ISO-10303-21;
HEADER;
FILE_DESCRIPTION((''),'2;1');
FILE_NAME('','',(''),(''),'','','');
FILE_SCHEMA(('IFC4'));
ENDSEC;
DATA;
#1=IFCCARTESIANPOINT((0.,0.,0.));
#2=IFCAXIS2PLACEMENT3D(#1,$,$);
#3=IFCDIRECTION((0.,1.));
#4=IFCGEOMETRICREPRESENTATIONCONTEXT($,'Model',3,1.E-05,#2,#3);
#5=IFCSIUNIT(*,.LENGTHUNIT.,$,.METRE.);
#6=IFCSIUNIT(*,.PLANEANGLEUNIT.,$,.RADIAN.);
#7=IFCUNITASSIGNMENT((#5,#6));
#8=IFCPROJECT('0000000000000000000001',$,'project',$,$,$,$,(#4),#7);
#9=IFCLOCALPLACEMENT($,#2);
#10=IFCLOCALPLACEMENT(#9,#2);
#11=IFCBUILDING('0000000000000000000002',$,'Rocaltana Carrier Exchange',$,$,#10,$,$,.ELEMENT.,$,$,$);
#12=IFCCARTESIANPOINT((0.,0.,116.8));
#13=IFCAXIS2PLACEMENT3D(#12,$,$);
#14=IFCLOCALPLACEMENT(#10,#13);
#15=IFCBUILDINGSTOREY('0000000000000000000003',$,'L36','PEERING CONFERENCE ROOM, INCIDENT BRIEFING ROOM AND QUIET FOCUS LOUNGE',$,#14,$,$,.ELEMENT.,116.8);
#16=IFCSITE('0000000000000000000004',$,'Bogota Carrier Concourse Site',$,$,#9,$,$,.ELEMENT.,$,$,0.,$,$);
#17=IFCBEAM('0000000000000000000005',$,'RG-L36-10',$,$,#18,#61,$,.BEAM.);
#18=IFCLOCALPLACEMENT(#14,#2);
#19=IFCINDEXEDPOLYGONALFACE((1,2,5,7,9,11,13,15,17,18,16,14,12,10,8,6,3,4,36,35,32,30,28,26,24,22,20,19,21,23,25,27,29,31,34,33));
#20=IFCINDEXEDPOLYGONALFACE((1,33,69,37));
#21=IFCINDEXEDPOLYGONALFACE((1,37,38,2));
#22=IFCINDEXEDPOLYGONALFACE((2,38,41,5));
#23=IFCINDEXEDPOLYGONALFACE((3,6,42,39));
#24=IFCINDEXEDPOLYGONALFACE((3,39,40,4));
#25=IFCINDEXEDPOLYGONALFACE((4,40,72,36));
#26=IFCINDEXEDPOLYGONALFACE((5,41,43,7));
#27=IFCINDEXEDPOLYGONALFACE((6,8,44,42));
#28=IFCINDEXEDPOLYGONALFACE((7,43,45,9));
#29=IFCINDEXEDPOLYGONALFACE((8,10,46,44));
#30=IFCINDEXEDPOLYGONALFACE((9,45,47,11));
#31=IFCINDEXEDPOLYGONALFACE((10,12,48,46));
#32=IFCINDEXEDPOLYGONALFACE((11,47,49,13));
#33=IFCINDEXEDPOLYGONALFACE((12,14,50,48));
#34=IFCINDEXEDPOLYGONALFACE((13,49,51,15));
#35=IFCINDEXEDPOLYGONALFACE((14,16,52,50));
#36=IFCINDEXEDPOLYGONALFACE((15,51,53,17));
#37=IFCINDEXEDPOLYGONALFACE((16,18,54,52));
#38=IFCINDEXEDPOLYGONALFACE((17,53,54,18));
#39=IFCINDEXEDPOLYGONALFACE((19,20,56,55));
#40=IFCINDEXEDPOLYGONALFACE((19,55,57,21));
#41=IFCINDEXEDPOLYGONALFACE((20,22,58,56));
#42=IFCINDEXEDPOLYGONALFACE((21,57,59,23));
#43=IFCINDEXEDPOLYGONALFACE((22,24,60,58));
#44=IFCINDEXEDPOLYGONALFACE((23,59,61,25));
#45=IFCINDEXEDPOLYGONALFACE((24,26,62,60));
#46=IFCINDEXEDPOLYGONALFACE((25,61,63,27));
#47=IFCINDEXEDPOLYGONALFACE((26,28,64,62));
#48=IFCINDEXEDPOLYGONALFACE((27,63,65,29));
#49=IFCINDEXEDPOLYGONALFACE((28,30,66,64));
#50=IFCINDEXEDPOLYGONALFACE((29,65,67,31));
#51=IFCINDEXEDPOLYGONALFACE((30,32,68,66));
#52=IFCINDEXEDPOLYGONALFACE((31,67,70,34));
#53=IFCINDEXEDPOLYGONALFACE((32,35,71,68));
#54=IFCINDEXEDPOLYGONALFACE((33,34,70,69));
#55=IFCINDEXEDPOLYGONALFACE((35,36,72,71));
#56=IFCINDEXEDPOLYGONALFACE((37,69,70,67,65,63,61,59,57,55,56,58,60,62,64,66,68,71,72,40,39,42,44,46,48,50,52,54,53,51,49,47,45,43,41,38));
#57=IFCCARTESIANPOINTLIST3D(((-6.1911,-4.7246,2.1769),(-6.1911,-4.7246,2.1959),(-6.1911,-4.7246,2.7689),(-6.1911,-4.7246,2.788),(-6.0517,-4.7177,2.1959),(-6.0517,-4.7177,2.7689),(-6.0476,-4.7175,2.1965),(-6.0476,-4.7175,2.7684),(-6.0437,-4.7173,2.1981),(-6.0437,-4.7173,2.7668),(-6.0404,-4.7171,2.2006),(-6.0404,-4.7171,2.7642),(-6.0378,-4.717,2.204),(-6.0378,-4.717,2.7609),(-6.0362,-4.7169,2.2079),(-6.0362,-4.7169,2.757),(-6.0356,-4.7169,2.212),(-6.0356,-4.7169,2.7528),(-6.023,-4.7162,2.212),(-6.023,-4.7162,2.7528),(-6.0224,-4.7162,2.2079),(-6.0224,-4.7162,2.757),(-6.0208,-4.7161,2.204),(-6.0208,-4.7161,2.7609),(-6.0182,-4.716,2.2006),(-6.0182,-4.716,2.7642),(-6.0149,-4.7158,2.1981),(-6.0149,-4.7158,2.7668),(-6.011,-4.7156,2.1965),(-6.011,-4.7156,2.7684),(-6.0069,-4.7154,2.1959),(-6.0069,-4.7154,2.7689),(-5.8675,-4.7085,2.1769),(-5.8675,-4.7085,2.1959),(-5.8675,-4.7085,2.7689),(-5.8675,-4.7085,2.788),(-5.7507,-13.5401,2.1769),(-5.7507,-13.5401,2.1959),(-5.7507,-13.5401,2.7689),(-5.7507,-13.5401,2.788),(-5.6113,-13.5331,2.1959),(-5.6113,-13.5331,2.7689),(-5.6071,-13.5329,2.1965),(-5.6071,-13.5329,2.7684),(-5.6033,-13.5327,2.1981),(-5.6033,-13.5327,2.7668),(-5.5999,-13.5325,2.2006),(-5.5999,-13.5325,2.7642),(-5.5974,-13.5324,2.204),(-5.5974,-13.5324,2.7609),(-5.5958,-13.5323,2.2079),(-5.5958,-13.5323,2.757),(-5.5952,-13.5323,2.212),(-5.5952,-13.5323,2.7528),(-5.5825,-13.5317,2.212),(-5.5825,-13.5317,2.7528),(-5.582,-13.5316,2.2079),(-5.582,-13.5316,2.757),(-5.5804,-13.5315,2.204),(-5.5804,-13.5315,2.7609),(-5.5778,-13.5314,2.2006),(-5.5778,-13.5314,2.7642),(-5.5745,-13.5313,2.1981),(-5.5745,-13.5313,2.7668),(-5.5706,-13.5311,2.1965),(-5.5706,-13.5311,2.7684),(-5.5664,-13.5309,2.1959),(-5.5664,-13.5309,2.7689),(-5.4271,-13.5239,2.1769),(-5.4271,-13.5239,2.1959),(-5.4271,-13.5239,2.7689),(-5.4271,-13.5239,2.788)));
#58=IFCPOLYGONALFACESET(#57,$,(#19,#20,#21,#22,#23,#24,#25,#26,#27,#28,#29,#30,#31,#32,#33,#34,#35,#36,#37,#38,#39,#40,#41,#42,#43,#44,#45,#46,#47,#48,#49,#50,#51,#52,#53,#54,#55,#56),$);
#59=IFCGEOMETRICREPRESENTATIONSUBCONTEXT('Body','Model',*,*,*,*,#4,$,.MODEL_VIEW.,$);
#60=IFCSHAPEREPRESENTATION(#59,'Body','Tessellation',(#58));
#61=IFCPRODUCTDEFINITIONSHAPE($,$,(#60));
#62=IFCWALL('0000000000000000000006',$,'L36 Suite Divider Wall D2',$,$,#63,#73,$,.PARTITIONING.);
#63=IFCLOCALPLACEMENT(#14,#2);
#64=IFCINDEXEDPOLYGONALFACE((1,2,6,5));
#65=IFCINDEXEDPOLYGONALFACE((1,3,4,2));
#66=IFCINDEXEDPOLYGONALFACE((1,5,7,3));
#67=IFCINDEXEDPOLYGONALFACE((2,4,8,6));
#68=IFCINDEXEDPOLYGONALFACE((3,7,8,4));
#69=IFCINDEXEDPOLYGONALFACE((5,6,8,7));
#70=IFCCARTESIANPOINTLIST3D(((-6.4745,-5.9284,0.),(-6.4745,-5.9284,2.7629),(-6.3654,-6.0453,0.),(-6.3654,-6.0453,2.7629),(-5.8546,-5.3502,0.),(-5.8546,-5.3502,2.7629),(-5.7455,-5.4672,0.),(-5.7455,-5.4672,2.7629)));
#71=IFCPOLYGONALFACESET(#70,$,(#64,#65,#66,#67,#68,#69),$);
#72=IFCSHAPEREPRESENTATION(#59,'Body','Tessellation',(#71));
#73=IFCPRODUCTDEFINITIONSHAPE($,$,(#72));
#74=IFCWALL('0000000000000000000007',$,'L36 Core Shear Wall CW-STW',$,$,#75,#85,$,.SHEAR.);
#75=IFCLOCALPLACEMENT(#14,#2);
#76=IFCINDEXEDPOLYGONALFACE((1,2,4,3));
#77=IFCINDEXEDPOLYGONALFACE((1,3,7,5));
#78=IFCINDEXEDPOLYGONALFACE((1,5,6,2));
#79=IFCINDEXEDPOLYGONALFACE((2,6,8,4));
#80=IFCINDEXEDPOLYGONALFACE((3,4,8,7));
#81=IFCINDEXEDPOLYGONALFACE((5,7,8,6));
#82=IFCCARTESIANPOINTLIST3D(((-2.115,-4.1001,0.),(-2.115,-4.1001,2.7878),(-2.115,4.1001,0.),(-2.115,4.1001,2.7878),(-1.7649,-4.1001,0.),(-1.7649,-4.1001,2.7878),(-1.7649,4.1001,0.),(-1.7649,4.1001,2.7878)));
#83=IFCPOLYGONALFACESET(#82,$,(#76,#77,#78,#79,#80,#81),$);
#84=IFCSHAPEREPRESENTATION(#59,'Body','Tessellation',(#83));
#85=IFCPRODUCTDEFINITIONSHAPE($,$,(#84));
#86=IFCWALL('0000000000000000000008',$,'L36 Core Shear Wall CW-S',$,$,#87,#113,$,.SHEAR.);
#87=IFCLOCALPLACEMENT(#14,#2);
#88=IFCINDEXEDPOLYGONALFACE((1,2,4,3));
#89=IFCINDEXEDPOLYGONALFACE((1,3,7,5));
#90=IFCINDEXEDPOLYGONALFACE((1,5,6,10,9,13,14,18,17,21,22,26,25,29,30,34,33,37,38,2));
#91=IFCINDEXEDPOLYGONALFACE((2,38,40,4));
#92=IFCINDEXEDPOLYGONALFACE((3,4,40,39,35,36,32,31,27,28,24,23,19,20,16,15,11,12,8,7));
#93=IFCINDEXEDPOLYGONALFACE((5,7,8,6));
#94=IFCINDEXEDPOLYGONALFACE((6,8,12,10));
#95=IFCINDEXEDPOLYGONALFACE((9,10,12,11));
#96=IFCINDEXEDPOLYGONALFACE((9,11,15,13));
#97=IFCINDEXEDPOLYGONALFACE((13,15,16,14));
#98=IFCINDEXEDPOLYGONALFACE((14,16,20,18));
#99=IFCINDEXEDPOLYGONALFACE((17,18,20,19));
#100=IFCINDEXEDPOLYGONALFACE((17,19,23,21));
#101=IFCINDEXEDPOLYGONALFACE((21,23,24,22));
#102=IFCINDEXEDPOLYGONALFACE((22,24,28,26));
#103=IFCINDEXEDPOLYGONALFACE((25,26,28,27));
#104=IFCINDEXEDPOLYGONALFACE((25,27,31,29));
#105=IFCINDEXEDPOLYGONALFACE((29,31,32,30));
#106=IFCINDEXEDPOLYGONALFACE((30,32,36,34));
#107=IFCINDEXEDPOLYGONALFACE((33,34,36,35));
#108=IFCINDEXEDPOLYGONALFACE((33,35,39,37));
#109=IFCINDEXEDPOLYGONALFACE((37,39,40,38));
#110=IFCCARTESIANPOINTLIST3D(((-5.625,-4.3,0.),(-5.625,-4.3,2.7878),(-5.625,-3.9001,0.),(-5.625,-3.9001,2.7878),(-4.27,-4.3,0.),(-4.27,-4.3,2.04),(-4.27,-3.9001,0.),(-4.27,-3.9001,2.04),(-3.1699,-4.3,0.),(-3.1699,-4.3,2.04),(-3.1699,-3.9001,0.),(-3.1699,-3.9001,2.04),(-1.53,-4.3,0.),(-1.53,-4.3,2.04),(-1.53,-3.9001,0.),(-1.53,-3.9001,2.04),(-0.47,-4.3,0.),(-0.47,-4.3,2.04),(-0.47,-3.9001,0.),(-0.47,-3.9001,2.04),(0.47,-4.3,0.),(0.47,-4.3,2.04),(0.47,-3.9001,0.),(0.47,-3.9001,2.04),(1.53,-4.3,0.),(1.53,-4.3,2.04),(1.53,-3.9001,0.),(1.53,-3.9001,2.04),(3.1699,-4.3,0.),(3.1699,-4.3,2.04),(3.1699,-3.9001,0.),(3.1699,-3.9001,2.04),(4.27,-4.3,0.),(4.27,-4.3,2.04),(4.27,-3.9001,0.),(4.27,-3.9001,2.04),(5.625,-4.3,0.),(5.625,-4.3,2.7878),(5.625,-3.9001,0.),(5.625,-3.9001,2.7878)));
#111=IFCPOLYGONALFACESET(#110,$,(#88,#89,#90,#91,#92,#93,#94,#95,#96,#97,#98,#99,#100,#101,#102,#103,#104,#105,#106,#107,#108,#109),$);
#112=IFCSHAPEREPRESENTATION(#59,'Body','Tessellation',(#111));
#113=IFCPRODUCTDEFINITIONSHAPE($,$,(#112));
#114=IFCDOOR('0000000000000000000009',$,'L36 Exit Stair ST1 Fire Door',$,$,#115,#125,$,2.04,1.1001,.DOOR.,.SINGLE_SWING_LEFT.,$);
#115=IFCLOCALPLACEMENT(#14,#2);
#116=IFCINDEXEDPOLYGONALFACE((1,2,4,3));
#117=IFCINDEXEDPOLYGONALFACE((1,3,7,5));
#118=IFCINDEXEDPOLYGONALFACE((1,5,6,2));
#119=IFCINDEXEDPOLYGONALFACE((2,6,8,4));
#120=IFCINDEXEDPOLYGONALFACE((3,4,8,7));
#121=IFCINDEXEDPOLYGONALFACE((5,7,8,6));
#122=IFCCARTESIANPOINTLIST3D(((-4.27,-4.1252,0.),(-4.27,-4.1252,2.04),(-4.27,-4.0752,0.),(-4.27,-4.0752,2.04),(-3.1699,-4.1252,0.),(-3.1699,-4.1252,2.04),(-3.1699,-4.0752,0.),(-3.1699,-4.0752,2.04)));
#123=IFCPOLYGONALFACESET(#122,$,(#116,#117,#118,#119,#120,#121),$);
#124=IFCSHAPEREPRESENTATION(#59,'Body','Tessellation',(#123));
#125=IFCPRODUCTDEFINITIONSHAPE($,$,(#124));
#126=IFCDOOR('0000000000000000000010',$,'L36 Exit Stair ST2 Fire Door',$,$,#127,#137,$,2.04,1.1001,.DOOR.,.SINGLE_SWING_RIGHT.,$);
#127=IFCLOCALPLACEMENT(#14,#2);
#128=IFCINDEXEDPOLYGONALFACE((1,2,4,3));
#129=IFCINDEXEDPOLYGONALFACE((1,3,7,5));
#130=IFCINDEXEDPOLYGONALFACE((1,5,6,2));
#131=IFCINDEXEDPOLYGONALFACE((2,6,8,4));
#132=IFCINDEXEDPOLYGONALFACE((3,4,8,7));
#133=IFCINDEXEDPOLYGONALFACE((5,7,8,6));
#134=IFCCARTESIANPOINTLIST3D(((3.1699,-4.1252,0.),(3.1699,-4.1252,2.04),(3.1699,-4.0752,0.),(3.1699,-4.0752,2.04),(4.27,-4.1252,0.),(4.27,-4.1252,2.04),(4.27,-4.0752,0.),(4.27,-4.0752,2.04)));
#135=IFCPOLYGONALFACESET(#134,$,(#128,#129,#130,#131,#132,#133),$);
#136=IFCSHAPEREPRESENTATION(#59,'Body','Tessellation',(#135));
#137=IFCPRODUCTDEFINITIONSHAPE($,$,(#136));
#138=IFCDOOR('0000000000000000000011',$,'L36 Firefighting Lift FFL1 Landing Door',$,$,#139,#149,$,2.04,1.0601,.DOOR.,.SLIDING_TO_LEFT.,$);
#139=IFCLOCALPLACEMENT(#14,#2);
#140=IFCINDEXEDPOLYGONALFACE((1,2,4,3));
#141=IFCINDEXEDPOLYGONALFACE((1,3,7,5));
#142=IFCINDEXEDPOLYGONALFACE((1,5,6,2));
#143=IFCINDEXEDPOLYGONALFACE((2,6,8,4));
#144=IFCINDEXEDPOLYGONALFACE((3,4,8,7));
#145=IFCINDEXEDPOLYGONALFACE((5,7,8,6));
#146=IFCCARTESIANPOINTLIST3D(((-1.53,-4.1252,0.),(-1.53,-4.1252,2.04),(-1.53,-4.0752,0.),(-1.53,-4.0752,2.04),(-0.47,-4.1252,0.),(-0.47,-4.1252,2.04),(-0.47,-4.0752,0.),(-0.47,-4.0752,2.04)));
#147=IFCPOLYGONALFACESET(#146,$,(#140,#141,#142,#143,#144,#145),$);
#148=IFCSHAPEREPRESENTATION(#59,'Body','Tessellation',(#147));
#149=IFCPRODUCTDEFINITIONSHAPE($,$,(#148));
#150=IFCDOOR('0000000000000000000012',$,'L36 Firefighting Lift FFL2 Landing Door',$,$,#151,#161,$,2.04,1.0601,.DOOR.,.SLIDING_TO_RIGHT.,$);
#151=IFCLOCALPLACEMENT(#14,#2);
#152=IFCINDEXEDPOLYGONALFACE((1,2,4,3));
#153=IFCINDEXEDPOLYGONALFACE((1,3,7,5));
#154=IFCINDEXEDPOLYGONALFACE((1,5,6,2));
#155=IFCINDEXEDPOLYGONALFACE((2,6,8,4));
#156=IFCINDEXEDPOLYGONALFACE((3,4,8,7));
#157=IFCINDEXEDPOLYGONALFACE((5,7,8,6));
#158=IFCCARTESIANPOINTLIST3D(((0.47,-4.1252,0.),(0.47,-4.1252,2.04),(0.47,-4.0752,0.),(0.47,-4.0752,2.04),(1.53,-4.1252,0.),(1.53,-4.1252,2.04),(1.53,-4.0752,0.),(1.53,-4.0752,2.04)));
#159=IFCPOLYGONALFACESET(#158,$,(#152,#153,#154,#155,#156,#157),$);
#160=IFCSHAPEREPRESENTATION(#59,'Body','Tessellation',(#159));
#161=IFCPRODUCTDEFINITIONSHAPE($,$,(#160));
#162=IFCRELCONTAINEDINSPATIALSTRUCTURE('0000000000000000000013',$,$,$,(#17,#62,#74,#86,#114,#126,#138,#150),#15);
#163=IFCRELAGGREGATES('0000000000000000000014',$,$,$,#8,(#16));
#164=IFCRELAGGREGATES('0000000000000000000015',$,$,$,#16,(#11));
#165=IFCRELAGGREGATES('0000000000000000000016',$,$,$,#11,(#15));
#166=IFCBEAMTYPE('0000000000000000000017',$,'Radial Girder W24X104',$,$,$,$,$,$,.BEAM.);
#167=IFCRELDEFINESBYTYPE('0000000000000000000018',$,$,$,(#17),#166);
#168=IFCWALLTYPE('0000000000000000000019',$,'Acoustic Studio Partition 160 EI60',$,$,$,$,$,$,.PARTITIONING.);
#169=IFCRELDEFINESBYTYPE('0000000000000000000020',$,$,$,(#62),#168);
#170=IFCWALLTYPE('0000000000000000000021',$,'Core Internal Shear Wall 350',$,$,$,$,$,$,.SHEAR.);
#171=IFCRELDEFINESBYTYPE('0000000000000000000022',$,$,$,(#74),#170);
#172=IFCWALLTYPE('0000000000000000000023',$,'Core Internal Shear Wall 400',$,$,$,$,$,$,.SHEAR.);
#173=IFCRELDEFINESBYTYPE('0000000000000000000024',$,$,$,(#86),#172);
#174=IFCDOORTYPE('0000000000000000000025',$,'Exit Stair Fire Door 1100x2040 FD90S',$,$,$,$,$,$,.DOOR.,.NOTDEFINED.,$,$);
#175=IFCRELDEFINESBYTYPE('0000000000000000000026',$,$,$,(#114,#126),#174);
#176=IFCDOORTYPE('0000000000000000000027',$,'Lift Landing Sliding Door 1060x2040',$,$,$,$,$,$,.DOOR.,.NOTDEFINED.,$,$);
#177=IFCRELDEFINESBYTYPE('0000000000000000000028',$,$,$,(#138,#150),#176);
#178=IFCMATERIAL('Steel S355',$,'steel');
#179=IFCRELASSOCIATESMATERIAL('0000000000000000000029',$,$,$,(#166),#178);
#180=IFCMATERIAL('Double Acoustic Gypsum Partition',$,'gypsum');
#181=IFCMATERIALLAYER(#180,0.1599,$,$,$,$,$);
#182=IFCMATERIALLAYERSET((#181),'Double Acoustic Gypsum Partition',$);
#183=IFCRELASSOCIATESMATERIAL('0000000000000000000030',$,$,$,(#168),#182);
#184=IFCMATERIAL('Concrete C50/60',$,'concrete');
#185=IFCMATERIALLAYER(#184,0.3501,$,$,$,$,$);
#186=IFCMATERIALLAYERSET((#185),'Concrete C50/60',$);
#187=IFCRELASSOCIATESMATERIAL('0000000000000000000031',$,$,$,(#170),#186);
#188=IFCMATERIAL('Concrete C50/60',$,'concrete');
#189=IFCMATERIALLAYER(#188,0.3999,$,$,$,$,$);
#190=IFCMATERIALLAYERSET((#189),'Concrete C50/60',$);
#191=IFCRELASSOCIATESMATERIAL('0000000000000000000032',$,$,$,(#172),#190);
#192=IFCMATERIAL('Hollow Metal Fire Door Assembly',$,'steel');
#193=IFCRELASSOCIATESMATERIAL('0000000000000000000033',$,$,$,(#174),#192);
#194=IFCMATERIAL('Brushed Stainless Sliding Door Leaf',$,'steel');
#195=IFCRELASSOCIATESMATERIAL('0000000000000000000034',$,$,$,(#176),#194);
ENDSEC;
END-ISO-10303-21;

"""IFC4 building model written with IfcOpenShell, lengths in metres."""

from ifc_helpers import new_model, si_unit, direction, frame, frame_2d, origin, origin_2d, place, context, subcontext, project, spatial, rectangle, i_section, extrude, material, layer, layer_set, material_profile, profile_set, type_object, element, fill, save


model = new_model("IFC4")

# Units and contexts
model_context = context("Model", 3, precision=1e-05, world=origin(), true_north=direction((0.0, 1.0)))
body_context = subcontext(model_context, "Body", "Model", "MODEL_VIEW")
ifc_project = project(units=[si_unit("LENGTHUNIT", "METRE"), si_unit("PLANEANGLEUNIT", "RADIAN")], contexts=[model_context])

# Site, building, storey
site_placement = place(None, origin())
site = spatial("IfcSite", under=ifc_project, at=site_placement, Name="Bogota Carrier Concourse Site", CompositionType="ELEMENT", RefElevation=0.0)
building_placement = place(site_placement, origin())
building = spatial("IfcBuilding", under=site, at=building_placement, Name="Rocaltana Carrier Exchange", CompositionType="ELEMENT")
storey_placement = place(building_placement, frame((0.0, 0.0, 116.8)))
storey = spatial("IfcBuildingStorey", under=building, at=storey_placement, Name="L36", Description="PEERING CONFERENCE ROOM, INCIDENT BRIEFING ROOM AND QUIET FOCUS LOUNGE", CompositionType="ELEMENT", Elevation=116.8)

# Beam
ifc_material_1 = material(Name="Steel S355", Category="steel")
ifc_material_profile_1 = material_profile(ifc_material_1, i_section(OverallWidth=0.324, OverallDepth=0.6111, WebThickness=0.0127, FlangeThickness=0.019, FilletRadius=0.0161, at=origin_2d()), Name="W24X104")
ifc_profile_set_1 = profile_set([ifc_material_profile_1], Name="Steel S355")
beam_type = type_object("IfcBeamType", Name="Radial Girder W24X104", PredefinedType="BEAM", material=ifc_profile_set_1)
beam_1_placement = place(storey_placement, frame((-6.0293, -4.7166, 2.4824), z_axis=(0.049899, -0.998754, 0.0), x_axis=(0.998754, 0.049899, 0.0)))
element("IfcBeam", 1, at=beam_1_placement, inside=storey, type_object=beam_type, Name="RG-L36-10", PredefinedType="BEAM", context=body_context, shape_type="SweptSolid", body=[
    extrude(i_section(OverallWidth=0.324, OverallDepth=0.6111, WebThickness=0.0127, FlangeThickness=0.019, FilletRadius=0.0161, at=origin_2d()), origin(), (0.0, 0.0, 1.0), 8.8264),
])

# Walls
ifc_material_2 = material(Name="Double Acoustic Gypsum Partition", Category="gypsum")
ifc_layer_1 = layer(ifc_material_2, 0.1599)
ifc_layer_set_1 = layer_set([ifc_layer_1], Name="Double Acoustic Gypsum Partition")
wall_type_1 = type_object("IfcWallType", Name="Acoustic Studio Partition 160 EI60", PredefinedType="PARTITIONING", material=ifc_layer_set_1)
wall_1_placement = place(storey_placement, frame((-5.8, -5.4087, 0.0), z_axis=(0.0, 0.0, 1.0), x_axis=(-0.731304, -0.682051, 0.0)))
element("IfcWall", 2, at=wall_1_placement, inside=storey, type_object=wall_type_1, Name="L36 Suite Divider Wall D2", PredefinedType="PARTITIONING", context=body_context, shape_type="SweptSolid", body=[
    extrude(rectangle(XDim=0.8477, YDim=0.1599, at=frame_2d((0.4238, 0.0))), origin(), (0.0, 0.0, 1.0), 2.7629),
])
ifc_material_3 = material(Name="Concrete C50/60", Category="concrete")
ifc_layer_2 = layer(ifc_material_3, 0.3501)
ifc_layer_set_2 = layer_set([ifc_layer_2], Name="Concrete C50/60")
wall_type_2 = type_object("IfcWallType", Name="Core Internal Shear Wall 350", PredefinedType="SHEAR", material=ifc_layer_set_2)
wall_2_placement = place(storey_placement, frame((-1.9399, -4.1001, 0.0), z_axis=(0.0, 0.0, 1.0), x_axis=(0.0, 1.0, 0.0)))
element("IfcWall", 3, at=wall_2_placement, inside=storey, type_object=wall_type_2, Name="L36 Core Shear Wall CW-STW", PredefinedType="SHEAR", context=body_context, shape_type="SweptSolid", body=[
    extrude(rectangle(XDim=8.2002, YDim=0.3501, at=frame_2d((4.1001, 0.0))), origin(), (0.0, 0.0, 1.0), 2.7878),
])

# Wall, openings, doors
ifc_material_4 = material(Name="Concrete C50/60", Category="concrete")
ifc_layer_3 = layer(ifc_material_4, 0.3999)
ifc_layer_set_3 = layer_set([ifc_layer_3], Name="Concrete C50/60")
wall_type_3 = type_object("IfcWallType", Name="Core Internal Shear Wall 400", PredefinedType="SHEAR", material=ifc_layer_set_3)
wall_3_placement = place(storey_placement, frame((-5.625, -4.1001, 0.0), z_axis=(0.0, 0.0, 1.0), x_axis=(1.0, 0.0, 0.0)))
wall_3 = element("IfcWall", 4, at=wall_3_placement, inside=storey, type_object=wall_type_3, Name="L36 Core Shear Wall CW-S", PredefinedType="SHEAR", context=body_context, shape_type="SweptSolid", body=[
    extrude(rectangle(XDim=11.25, YDim=0.3999, at=frame_2d((5.625, 0.0))), origin(), (0.0, 0.0, 1.0), 2.7878),
])
opening_1_placement = place(wall_3_placement, frame((1.355, 0.0, 0.0)))
opening_1 = element("IfcOpeningElement", 5, at=opening_1_placement, cuts=wall_3, PredefinedType="OPENING", context=body_context, shape_type="SweptSolid", body=[
    extrude(rectangle(XDim=1.1001, YDim=2.04, at=frame_2d((0.55, 1.02))), frame((0.0, 0.21, 0.0), z_axis=(0.0, -1.0, 0.0), x_axis=(1.0, 0.0, 0.0)), (0.0, 0.0, 1.0), 0.4199),
])
opening_2_placement = place(wall_3_placement, frame((8.7949, 0.0, 0.0)))
opening_2 = element("IfcOpeningElement", 6, at=opening_2_placement, cuts=wall_3, PredefinedType="OPENING", context=body_context, shape_type="SweptSolid", body=[
    extrude(rectangle(XDim=1.1001, YDim=2.04, at=frame_2d((0.55, 1.02))), frame((0.0, 0.21, 0.0), z_axis=(0.0, -1.0, 0.0), x_axis=(1.0, 0.0, 0.0)), (0.0, 0.0, 1.0), 0.4199),
])
opening_3_placement = place(wall_3_placement, frame((4.095, 0.0, 0.0)))
opening_3 = element("IfcOpeningElement", 7, at=opening_3_placement, cuts=wall_3, PredefinedType="OPENING", context=body_context, shape_type="SweptSolid", body=[
    extrude(rectangle(XDim=1.0601, YDim=2.04, at=frame_2d((0.53, 1.02))), frame((0.0, 0.21, 0.0), z_axis=(0.0, -1.0, 0.0), x_axis=(1.0, 0.0, 0.0)), (0.0, 0.0, 1.0), 0.4199),
])
opening_4_placement = place(wall_3_placement, frame((6.095, 0.0, 0.0)))
opening_4 = element("IfcOpeningElement", 8, at=opening_4_placement, cuts=wall_3, PredefinedType="OPENING", context=body_context, shape_type="SweptSolid", body=[
    extrude(rectangle(XDim=1.0601, YDim=2.04, at=frame_2d((0.53, 1.02))), frame((0.0, 0.21, 0.0), z_axis=(0.0, -1.0, 0.0), x_axis=(1.0, 0.0, 0.0)), (0.0, 0.0, 1.0), 0.4199),
])
ifc_material_5 = material(Name="Hollow Metal Fire Door Assembly", Category="steel")
door_type_1 = type_object("IfcDoorType", Name="Exit Stair Fire Door 1100x2040 FD90S", OperationType="NOTDEFINED", PredefinedType="DOOR", material=ifc_material_5)
door_1_placement = place(opening_1_placement, origin())
door_1 = element("IfcDoor", 9, at=door_1_placement, inside=storey, type_object=door_type_1, Name="L36 Exit Stair ST1 Fire Door", OperationType="SINGLE_SWING_LEFT", OverallHeight=2.04, OverallWidth=1.1001, PredefinedType="DOOR", context=body_context, shape_type="SweptSolid", body=[
    extrude(rectangle(XDim=1.1001, YDim=2.04, at=frame_2d((0.55, 1.02))), frame((0.0, 0.0249, 0.0), z_axis=(0.0, -1.0, 0.0), x_axis=(1.0, 0.0, 0.0)), (0.0, 0.0, 1.0), 0.05),
])
fill(opening_1, door_1)
door_2_placement = place(opening_2_placement, origin())
door_2 = element("IfcDoor", 10, at=door_2_placement, inside=storey, type_object=door_type_1, Name="L36 Exit Stair ST2 Fire Door", OperationType="SINGLE_SWING_RIGHT", OverallHeight=2.04, OverallWidth=1.1001, PredefinedType="DOOR", context=body_context, shape_type="SweptSolid", body=[
    extrude(rectangle(XDim=1.1001, YDim=2.04, at=frame_2d((0.55, 1.02))), frame((0.0, 0.0249, 0.0), z_axis=(0.0, -1.0, 0.0), x_axis=(1.0, 0.0, 0.0)), (0.0, 0.0, 1.0), 0.05),
])
fill(opening_2, door_2)
ifc_material_6 = material(Name="Brushed Stainless Sliding Door Leaf", Category="steel")
door_type_2 = type_object("IfcDoorType", Name="Lift Landing Sliding Door 1060x2040", OperationType="NOTDEFINED", PredefinedType="DOOR", material=ifc_material_6)
door_3_placement = place(opening_3_placement, origin())
door_3 = element("IfcDoor", 11, at=door_3_placement, inside=storey, type_object=door_type_2, Name="L36 Firefighting Lift FFL1 Landing Door", OperationType="SLIDING_TO_LEFT", OverallHeight=2.04, OverallWidth=1.0601, PredefinedType="DOOR", context=body_context, shape_type="SweptSolid", body=[
    extrude(rectangle(XDim=1.0601, YDim=2.04, at=frame_2d((0.53, 1.02))), frame((0.0, 0.0249, 0.0), z_axis=(0.0, -1.0, 0.0), x_axis=(1.0, 0.0, 0.0)), (0.0, 0.0, 1.0), 0.05),
])
fill(opening_3, door_3)
door_4_placement = place(opening_4_placement, origin())
door_4 = element("IfcDoor", 12, at=door_4_placement, inside=storey, type_object=door_type_2, Name="L36 Firefighting Lift FFL2 Landing Door", OperationType="SLIDING_TO_RIGHT", OverallHeight=2.04, OverallWidth=1.0601, PredefinedType="DOOR", context=body_context, shape_type="SweptSolid", body=[
    extrude(rectangle(XDim=1.0601, YDim=2.04, at=frame_2d((0.53, 1.02))), frame((0.0, 0.0249, 0.0), z_axis=(0.0, -1.0, 0.0), x_axis=(1.0, 0.0, 0.0)), (0.0, 0.0, 1.0), 0.05),
])
fill(opening_4, door_4)

save(model, "model.ifc")
